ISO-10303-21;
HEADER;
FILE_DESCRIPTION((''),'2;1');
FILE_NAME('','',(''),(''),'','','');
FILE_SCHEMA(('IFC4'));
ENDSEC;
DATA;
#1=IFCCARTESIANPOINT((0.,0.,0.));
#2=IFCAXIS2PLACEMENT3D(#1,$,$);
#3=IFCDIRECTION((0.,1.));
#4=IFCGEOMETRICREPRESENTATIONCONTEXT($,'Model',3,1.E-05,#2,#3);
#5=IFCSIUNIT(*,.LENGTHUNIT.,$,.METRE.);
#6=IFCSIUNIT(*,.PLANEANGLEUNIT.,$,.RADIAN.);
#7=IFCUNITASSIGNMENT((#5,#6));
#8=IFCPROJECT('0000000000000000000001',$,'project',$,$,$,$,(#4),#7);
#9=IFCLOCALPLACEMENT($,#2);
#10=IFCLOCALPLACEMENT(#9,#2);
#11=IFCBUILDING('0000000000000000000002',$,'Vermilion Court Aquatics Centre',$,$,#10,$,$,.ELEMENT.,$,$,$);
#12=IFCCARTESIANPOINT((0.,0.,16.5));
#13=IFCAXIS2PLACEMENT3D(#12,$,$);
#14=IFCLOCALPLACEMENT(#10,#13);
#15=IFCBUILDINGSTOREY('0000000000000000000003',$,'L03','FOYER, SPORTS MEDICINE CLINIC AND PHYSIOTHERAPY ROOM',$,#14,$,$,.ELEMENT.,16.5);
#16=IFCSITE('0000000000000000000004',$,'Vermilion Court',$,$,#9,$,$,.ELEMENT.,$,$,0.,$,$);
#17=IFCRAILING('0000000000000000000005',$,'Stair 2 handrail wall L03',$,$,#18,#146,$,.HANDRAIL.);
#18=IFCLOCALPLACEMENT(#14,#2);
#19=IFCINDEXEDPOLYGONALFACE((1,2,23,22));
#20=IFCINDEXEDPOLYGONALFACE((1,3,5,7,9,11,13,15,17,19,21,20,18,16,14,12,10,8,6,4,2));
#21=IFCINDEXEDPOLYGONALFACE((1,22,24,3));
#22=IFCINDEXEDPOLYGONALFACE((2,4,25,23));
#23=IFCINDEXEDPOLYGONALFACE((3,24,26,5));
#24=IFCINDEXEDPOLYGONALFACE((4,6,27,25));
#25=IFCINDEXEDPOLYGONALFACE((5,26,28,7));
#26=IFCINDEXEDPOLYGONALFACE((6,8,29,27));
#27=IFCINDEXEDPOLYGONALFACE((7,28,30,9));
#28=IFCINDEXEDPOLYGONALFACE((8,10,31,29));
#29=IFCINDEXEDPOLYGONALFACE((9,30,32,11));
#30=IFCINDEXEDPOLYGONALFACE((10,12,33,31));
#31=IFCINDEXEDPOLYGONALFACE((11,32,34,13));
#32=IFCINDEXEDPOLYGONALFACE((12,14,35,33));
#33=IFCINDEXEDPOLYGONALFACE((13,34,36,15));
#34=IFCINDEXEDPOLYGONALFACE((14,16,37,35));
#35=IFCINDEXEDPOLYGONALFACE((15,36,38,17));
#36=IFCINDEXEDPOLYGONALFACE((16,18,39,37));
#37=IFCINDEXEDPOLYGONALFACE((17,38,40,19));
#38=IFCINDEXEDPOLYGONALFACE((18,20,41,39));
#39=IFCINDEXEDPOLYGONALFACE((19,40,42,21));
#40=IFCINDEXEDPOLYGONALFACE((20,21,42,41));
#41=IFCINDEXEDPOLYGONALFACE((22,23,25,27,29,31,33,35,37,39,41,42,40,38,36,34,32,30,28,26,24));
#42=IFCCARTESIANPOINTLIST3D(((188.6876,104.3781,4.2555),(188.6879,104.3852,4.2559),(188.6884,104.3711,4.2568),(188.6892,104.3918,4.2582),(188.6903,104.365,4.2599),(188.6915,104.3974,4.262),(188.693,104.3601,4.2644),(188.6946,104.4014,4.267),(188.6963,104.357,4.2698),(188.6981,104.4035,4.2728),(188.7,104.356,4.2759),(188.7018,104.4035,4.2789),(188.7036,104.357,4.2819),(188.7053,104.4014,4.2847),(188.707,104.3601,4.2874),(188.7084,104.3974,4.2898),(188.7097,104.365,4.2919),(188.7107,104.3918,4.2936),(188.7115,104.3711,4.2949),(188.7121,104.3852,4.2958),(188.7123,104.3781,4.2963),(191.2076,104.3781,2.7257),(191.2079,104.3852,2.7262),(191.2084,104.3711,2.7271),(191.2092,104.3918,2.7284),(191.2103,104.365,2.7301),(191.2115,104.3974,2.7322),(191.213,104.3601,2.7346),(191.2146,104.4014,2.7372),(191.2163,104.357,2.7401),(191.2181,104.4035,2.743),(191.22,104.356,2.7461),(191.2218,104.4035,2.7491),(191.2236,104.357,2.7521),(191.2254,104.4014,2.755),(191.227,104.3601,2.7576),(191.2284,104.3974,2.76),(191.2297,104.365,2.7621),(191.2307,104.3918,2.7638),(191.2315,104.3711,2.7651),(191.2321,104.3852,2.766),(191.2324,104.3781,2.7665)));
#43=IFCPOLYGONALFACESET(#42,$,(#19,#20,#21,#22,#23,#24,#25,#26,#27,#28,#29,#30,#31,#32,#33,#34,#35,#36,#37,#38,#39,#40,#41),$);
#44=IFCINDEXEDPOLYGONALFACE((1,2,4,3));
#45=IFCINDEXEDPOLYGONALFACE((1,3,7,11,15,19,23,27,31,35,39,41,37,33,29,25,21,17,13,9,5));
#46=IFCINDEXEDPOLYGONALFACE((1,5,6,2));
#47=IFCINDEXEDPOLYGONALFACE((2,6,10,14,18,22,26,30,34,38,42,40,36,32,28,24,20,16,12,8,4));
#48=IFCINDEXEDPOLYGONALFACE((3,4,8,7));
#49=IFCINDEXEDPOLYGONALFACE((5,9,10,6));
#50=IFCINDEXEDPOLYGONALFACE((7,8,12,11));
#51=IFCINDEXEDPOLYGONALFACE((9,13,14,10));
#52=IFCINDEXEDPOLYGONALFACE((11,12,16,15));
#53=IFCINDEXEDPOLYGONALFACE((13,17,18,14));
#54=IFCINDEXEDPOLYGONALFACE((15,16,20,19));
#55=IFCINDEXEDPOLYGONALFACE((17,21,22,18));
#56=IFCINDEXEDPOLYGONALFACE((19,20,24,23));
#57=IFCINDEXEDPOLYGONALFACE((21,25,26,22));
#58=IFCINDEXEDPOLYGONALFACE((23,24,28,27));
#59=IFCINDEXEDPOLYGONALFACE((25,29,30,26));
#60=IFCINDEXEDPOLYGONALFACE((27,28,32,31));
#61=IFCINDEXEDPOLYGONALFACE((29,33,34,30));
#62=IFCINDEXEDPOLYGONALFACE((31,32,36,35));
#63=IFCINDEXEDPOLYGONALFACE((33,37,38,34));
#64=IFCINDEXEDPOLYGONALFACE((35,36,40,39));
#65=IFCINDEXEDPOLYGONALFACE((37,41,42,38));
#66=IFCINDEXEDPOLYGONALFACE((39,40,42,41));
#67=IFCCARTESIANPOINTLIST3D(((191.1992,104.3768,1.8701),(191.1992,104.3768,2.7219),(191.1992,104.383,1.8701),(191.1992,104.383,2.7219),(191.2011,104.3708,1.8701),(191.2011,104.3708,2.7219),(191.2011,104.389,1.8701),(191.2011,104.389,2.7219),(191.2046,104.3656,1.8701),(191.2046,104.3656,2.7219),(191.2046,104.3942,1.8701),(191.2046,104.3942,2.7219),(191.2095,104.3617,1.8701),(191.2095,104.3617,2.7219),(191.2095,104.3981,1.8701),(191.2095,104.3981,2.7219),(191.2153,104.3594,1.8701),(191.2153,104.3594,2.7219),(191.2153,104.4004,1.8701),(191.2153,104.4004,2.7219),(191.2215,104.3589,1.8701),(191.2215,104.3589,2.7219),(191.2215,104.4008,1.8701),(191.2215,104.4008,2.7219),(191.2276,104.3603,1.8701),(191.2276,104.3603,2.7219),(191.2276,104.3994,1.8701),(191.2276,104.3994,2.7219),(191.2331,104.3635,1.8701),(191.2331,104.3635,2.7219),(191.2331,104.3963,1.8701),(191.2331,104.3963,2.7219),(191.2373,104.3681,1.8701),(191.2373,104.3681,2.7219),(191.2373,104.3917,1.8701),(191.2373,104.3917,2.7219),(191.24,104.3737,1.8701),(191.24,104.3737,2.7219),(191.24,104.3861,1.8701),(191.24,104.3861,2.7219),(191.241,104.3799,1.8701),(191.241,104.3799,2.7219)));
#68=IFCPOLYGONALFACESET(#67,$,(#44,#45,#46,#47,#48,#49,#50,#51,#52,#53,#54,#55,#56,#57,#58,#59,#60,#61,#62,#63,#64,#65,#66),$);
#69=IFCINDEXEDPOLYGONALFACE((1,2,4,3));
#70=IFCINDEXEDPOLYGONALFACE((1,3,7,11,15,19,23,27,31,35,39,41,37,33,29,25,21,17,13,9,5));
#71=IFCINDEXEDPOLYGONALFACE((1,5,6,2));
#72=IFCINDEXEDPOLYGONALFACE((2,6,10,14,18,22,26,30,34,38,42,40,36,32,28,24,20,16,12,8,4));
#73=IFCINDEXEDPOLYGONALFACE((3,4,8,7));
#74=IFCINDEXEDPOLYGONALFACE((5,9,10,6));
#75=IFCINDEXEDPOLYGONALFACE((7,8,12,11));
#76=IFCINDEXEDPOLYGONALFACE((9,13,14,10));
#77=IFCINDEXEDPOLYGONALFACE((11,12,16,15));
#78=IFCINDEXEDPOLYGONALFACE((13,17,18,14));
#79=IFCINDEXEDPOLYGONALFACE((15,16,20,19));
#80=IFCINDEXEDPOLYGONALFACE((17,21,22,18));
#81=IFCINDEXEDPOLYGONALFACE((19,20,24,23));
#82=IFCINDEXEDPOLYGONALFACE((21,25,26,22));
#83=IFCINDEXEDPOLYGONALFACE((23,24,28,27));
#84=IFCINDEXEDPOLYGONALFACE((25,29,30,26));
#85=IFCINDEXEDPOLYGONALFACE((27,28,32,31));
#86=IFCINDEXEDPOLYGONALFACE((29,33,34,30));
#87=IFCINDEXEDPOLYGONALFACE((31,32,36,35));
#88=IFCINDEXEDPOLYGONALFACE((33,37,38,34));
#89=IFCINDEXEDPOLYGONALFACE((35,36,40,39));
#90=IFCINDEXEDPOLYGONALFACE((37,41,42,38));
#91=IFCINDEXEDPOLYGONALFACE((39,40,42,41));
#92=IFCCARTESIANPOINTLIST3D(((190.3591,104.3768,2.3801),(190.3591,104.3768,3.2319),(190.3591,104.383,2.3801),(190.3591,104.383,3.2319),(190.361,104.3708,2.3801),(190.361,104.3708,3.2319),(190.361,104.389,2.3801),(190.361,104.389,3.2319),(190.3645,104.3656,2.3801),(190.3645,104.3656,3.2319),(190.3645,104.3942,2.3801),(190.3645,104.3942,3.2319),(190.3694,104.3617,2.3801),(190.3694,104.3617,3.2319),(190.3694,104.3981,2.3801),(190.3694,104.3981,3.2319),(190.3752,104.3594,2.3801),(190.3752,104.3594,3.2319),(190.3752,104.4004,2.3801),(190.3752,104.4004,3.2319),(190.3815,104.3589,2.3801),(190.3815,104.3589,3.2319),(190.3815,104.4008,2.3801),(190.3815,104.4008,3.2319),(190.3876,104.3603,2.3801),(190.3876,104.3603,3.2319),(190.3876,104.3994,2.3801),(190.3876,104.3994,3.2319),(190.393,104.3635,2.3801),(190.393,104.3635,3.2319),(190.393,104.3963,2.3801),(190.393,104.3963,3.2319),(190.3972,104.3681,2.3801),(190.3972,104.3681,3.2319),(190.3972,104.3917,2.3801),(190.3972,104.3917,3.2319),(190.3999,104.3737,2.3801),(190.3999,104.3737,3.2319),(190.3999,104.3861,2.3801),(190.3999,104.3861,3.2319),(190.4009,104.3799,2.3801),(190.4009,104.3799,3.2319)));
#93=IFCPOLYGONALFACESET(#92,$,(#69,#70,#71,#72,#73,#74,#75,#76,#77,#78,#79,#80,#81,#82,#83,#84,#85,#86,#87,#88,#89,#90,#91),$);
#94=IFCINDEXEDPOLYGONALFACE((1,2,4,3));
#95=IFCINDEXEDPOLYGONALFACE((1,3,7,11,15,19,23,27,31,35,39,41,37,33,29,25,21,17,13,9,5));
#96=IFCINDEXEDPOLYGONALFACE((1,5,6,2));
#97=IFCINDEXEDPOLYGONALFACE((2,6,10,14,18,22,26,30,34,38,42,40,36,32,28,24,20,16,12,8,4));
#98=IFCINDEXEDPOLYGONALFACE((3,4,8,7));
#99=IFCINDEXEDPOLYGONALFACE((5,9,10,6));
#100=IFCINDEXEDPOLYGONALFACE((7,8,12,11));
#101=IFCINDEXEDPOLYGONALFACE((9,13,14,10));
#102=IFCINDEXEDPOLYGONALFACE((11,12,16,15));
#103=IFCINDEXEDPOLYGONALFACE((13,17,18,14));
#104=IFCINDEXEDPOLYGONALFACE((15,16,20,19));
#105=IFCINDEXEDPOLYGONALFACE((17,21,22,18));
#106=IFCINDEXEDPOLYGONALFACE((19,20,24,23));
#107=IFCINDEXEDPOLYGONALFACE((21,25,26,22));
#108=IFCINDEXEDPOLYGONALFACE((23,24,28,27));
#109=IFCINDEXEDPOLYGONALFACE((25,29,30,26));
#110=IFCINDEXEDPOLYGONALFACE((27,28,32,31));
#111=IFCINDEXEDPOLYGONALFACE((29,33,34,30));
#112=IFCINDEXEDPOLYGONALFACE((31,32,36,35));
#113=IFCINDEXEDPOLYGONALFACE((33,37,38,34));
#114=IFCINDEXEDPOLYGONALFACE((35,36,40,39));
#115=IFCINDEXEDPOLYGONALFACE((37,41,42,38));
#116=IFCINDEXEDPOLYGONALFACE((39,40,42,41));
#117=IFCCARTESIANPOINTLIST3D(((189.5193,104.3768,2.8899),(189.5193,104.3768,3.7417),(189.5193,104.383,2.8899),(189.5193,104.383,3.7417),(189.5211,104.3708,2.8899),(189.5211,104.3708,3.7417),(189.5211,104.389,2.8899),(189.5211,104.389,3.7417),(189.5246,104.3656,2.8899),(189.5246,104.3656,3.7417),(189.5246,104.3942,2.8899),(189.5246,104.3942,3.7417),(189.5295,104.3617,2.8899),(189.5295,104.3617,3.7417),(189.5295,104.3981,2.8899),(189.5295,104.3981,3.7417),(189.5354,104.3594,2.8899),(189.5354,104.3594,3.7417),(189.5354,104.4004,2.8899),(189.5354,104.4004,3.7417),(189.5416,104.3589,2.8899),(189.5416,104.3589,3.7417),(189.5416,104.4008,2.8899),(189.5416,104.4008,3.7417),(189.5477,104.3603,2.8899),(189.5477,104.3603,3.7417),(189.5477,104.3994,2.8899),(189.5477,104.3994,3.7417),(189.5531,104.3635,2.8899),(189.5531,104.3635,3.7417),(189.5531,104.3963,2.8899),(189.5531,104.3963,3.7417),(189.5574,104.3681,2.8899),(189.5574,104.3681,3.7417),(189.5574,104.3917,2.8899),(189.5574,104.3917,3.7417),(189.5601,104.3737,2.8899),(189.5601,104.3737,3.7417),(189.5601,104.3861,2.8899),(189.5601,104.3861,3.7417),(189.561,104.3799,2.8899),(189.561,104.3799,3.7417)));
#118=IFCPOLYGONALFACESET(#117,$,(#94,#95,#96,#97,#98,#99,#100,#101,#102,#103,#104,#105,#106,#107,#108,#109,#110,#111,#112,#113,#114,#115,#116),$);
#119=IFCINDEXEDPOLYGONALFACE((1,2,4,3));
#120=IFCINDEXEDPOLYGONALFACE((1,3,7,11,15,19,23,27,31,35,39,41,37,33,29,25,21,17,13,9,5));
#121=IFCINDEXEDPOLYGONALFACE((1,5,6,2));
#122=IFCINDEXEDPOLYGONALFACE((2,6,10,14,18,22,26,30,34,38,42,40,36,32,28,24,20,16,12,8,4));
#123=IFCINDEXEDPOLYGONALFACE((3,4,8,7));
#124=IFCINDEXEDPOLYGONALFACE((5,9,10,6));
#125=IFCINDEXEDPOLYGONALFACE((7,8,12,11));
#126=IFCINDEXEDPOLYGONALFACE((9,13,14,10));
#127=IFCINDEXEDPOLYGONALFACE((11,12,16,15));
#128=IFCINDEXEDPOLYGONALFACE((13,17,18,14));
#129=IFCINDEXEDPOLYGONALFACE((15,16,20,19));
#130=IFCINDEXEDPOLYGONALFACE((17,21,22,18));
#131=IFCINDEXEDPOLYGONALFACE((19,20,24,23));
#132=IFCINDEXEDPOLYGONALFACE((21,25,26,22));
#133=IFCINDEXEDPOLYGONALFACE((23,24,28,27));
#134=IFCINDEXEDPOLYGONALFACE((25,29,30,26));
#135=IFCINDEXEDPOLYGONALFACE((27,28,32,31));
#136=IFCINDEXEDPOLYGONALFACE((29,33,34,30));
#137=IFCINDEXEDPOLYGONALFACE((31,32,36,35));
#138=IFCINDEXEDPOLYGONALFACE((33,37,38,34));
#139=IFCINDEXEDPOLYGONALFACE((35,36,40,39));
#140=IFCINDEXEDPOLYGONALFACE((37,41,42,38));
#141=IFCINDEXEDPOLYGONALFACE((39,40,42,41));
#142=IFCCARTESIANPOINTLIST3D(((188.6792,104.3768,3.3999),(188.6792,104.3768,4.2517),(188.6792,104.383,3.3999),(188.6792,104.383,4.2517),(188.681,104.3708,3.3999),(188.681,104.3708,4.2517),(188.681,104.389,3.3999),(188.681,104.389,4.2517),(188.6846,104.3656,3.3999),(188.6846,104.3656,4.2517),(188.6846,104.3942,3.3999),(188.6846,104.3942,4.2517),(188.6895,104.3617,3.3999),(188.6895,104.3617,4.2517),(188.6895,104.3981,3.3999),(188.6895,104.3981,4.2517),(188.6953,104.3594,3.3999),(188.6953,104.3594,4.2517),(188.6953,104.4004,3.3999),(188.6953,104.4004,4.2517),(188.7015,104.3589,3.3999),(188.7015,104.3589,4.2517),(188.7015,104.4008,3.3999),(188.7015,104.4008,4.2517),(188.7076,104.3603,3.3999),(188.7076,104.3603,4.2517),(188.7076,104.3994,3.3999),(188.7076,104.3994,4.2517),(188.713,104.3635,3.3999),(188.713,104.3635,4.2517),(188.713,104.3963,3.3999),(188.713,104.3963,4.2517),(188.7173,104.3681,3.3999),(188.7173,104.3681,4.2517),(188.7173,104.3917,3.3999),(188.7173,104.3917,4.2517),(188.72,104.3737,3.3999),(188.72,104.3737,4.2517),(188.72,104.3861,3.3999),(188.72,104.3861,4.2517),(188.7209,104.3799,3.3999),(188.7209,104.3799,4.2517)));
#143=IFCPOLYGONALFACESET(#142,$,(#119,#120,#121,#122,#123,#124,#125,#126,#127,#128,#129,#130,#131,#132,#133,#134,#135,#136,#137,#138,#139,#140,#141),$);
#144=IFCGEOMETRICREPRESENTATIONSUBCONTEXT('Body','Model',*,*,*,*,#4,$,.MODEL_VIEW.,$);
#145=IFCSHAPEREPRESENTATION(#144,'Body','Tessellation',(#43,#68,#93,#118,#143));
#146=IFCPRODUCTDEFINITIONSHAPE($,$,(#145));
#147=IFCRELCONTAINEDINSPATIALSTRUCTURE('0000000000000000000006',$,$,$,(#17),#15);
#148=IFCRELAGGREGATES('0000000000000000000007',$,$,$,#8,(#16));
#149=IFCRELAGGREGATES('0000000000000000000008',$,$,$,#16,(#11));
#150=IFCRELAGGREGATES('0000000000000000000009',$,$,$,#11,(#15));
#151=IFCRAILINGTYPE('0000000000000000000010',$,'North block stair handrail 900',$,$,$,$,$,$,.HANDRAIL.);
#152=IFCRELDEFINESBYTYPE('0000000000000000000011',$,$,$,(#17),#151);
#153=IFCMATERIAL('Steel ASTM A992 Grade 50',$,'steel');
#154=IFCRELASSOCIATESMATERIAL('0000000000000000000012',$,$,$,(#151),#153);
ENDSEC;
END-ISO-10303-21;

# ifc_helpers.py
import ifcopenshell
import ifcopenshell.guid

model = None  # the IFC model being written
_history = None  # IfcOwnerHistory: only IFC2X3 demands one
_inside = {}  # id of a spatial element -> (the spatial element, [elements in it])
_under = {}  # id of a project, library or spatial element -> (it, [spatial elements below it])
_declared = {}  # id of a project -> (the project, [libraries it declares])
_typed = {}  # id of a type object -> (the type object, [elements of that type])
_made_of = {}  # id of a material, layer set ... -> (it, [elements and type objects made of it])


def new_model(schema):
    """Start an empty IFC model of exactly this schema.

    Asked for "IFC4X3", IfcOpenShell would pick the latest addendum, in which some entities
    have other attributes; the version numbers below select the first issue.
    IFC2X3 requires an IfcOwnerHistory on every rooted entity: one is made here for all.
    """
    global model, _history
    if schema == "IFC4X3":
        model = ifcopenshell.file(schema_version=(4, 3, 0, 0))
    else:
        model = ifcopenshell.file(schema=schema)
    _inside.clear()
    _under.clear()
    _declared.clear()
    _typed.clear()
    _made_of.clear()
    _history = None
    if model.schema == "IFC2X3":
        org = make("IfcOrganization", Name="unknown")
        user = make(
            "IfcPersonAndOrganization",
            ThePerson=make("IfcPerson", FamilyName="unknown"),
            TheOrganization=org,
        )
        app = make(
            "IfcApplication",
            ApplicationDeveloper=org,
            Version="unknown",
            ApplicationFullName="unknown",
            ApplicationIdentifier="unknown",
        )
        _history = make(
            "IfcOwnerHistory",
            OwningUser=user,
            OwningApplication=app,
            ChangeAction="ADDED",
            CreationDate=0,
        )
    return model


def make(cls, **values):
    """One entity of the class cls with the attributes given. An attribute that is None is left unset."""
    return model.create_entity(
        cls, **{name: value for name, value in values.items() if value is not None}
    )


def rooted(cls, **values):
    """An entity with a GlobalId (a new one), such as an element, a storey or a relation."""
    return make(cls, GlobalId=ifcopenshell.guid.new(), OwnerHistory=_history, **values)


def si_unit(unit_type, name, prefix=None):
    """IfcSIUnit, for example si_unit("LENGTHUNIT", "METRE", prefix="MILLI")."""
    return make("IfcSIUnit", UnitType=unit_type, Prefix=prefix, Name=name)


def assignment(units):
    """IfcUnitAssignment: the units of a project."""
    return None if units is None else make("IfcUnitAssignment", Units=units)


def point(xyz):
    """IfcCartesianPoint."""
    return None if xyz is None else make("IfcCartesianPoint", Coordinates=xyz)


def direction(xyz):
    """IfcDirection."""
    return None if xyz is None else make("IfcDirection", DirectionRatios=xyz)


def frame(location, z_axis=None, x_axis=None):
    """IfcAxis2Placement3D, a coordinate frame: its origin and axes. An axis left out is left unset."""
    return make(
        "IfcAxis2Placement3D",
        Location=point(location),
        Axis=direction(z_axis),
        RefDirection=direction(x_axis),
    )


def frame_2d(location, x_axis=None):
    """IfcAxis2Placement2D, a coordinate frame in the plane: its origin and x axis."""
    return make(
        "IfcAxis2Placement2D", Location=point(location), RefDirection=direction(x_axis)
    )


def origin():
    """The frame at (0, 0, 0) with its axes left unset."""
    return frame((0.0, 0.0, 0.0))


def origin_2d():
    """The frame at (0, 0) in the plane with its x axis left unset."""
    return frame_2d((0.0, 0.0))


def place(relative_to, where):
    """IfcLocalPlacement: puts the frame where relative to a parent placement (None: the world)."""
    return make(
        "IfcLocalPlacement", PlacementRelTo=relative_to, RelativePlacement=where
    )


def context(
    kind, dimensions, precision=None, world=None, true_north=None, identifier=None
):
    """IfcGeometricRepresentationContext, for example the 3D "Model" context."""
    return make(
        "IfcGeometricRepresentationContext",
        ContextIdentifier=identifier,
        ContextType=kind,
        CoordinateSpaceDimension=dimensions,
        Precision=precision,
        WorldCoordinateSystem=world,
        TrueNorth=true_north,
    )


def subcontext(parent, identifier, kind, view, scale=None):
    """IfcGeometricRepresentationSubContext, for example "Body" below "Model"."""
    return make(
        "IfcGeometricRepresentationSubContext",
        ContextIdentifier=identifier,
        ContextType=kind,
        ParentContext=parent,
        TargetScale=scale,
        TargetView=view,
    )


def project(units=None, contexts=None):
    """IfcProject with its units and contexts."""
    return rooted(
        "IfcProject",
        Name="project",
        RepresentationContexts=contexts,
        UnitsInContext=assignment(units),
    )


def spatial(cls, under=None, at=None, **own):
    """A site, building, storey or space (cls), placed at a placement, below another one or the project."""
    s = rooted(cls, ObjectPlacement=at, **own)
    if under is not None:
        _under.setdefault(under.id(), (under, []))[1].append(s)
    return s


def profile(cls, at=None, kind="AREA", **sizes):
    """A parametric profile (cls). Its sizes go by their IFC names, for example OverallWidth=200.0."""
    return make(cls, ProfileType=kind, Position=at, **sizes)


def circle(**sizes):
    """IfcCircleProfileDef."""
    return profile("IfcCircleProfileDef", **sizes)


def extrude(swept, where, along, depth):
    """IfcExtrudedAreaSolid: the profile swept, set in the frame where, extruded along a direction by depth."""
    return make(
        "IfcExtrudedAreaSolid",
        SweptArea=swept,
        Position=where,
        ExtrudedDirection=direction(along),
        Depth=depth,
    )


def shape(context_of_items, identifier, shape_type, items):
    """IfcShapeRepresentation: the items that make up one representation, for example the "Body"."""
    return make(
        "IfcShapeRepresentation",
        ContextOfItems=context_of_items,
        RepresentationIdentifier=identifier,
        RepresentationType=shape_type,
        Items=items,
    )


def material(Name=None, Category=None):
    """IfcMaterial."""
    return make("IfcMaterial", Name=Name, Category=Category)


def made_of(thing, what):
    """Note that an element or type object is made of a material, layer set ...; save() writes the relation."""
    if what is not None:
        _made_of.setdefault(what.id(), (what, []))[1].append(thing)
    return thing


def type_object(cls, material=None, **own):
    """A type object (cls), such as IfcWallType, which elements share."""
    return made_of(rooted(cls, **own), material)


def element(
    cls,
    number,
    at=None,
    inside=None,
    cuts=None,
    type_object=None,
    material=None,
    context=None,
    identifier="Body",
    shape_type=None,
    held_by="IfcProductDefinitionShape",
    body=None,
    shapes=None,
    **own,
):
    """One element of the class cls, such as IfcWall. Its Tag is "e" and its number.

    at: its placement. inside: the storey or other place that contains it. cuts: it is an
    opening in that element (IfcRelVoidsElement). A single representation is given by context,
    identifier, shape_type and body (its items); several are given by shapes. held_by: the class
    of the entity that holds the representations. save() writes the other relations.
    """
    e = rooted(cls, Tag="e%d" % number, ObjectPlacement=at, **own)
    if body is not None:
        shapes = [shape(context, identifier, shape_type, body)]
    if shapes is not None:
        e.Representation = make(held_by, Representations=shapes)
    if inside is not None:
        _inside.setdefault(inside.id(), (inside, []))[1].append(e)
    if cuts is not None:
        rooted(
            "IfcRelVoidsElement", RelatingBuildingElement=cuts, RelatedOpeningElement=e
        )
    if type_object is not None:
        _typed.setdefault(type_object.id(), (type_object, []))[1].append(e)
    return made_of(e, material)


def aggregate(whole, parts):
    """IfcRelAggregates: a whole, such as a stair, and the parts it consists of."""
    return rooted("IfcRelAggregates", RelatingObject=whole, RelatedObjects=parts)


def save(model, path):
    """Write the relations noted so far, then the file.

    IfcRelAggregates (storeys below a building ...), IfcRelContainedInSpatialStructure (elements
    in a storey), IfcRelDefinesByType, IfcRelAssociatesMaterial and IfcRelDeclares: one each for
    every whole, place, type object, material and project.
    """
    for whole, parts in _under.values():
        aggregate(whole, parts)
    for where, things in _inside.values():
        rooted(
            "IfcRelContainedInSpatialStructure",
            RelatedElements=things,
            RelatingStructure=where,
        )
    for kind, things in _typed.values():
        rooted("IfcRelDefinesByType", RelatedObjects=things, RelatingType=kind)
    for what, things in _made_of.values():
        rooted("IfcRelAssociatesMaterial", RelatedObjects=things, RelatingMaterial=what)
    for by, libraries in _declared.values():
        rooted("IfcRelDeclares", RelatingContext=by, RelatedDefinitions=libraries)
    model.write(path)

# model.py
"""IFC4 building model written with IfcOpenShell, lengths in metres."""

from ifc_helpers import new_model, si_unit, direction, frame, origin, origin_2d, place, context, subcontext, project, spatial, circle, extrude, material, type_object, element, save


model = new_model("IFC4")

# Units and contexts
model_context = context("Model", 3, precision=1e-05, world=origin(), true_north=direction((0.0, 1.0)))
body_context = subcontext(model_context, "Body", "Model", "MODEL_VIEW")
ifc_project = project(units=[si_unit("LENGTHUNIT", "METRE"), si_unit("PLANEANGLEUNIT", "RADIAN")], contexts=[model_context])

# Site, building, storey
site_placement = place(None, origin())
site = spatial("IfcSite", under=ifc_project, at=site_placement, Name="Vermilion Court", CompositionType="ELEMENT", RefElevation=0.0)
building_placement = place(site_placement, origin())
building = spatial("IfcBuilding", under=site, at=building_placement, Name="Vermilion Court Aquatics Centre", CompositionType="ELEMENT")
storey_placement = place(building_placement, frame((0.0, 0.0, 16.5)))
storey = spatial("IfcBuildingStorey", under=building, at=storey_placement, Name="L03", Description="FOYER, SPORTS MEDICINE CLINIC AND PHYSIOTHERAPY ROOM", CompositionType="ELEMENT", Elevation=16.5)

# Railing
ifc_material_1 = material(Name="Steel ASTM A992 Grade 50", Category="steel")
railing_type_1 = type_object("IfcRailingType", Name="North block stair handrail 900", PredefinedType="HANDRAIL", material=ifc_material_1)
for number, where, name in (
    (1, (191.22, 104.3799, 1.8701), "Stair 2 handrail wall L03"),
):
    element("IfcRailing", number, at=place(storey_placement, frame(where)), inside=storey, type_object=railing_type_1, Name=name, PredefinedType="HANDRAIL", context=body_context, shape_type="SweptSolid", body=[
        extrude(circle(Radius=0.0239, at=origin_2d()), frame((0.0, 0.0, 0.876), z_axis=(-0.854822, 0.0, 0.518922), x_axis=(0.0, -1.0, 0.0)), (0.0, 0.0, 1.0), 2.948),
        extrude(circle(Radius=0.021, at=origin_2d()), origin(), (0.0, 0.0, 1.0), 0.8518),
        extrude(circle(Radius=0.021, at=origin_2d()), frame((-0.8401, 0.0, 0.51)), (0.0, 0.0, 1.0), 0.8518),
        extrude(circle(Radius=0.021, at=origin_2d()), frame((-1.6799, 0.0, 1.0198)), (0.0, 0.0, 1.0), 0.8518),
        extrude(circle(Radius=0.021, at=origin_2d()), frame((-2.52, 0.0, 1.5298)), (0.0, 0.0, 1.0), 0.8518),
    ])

save(model, "model.ifc")
